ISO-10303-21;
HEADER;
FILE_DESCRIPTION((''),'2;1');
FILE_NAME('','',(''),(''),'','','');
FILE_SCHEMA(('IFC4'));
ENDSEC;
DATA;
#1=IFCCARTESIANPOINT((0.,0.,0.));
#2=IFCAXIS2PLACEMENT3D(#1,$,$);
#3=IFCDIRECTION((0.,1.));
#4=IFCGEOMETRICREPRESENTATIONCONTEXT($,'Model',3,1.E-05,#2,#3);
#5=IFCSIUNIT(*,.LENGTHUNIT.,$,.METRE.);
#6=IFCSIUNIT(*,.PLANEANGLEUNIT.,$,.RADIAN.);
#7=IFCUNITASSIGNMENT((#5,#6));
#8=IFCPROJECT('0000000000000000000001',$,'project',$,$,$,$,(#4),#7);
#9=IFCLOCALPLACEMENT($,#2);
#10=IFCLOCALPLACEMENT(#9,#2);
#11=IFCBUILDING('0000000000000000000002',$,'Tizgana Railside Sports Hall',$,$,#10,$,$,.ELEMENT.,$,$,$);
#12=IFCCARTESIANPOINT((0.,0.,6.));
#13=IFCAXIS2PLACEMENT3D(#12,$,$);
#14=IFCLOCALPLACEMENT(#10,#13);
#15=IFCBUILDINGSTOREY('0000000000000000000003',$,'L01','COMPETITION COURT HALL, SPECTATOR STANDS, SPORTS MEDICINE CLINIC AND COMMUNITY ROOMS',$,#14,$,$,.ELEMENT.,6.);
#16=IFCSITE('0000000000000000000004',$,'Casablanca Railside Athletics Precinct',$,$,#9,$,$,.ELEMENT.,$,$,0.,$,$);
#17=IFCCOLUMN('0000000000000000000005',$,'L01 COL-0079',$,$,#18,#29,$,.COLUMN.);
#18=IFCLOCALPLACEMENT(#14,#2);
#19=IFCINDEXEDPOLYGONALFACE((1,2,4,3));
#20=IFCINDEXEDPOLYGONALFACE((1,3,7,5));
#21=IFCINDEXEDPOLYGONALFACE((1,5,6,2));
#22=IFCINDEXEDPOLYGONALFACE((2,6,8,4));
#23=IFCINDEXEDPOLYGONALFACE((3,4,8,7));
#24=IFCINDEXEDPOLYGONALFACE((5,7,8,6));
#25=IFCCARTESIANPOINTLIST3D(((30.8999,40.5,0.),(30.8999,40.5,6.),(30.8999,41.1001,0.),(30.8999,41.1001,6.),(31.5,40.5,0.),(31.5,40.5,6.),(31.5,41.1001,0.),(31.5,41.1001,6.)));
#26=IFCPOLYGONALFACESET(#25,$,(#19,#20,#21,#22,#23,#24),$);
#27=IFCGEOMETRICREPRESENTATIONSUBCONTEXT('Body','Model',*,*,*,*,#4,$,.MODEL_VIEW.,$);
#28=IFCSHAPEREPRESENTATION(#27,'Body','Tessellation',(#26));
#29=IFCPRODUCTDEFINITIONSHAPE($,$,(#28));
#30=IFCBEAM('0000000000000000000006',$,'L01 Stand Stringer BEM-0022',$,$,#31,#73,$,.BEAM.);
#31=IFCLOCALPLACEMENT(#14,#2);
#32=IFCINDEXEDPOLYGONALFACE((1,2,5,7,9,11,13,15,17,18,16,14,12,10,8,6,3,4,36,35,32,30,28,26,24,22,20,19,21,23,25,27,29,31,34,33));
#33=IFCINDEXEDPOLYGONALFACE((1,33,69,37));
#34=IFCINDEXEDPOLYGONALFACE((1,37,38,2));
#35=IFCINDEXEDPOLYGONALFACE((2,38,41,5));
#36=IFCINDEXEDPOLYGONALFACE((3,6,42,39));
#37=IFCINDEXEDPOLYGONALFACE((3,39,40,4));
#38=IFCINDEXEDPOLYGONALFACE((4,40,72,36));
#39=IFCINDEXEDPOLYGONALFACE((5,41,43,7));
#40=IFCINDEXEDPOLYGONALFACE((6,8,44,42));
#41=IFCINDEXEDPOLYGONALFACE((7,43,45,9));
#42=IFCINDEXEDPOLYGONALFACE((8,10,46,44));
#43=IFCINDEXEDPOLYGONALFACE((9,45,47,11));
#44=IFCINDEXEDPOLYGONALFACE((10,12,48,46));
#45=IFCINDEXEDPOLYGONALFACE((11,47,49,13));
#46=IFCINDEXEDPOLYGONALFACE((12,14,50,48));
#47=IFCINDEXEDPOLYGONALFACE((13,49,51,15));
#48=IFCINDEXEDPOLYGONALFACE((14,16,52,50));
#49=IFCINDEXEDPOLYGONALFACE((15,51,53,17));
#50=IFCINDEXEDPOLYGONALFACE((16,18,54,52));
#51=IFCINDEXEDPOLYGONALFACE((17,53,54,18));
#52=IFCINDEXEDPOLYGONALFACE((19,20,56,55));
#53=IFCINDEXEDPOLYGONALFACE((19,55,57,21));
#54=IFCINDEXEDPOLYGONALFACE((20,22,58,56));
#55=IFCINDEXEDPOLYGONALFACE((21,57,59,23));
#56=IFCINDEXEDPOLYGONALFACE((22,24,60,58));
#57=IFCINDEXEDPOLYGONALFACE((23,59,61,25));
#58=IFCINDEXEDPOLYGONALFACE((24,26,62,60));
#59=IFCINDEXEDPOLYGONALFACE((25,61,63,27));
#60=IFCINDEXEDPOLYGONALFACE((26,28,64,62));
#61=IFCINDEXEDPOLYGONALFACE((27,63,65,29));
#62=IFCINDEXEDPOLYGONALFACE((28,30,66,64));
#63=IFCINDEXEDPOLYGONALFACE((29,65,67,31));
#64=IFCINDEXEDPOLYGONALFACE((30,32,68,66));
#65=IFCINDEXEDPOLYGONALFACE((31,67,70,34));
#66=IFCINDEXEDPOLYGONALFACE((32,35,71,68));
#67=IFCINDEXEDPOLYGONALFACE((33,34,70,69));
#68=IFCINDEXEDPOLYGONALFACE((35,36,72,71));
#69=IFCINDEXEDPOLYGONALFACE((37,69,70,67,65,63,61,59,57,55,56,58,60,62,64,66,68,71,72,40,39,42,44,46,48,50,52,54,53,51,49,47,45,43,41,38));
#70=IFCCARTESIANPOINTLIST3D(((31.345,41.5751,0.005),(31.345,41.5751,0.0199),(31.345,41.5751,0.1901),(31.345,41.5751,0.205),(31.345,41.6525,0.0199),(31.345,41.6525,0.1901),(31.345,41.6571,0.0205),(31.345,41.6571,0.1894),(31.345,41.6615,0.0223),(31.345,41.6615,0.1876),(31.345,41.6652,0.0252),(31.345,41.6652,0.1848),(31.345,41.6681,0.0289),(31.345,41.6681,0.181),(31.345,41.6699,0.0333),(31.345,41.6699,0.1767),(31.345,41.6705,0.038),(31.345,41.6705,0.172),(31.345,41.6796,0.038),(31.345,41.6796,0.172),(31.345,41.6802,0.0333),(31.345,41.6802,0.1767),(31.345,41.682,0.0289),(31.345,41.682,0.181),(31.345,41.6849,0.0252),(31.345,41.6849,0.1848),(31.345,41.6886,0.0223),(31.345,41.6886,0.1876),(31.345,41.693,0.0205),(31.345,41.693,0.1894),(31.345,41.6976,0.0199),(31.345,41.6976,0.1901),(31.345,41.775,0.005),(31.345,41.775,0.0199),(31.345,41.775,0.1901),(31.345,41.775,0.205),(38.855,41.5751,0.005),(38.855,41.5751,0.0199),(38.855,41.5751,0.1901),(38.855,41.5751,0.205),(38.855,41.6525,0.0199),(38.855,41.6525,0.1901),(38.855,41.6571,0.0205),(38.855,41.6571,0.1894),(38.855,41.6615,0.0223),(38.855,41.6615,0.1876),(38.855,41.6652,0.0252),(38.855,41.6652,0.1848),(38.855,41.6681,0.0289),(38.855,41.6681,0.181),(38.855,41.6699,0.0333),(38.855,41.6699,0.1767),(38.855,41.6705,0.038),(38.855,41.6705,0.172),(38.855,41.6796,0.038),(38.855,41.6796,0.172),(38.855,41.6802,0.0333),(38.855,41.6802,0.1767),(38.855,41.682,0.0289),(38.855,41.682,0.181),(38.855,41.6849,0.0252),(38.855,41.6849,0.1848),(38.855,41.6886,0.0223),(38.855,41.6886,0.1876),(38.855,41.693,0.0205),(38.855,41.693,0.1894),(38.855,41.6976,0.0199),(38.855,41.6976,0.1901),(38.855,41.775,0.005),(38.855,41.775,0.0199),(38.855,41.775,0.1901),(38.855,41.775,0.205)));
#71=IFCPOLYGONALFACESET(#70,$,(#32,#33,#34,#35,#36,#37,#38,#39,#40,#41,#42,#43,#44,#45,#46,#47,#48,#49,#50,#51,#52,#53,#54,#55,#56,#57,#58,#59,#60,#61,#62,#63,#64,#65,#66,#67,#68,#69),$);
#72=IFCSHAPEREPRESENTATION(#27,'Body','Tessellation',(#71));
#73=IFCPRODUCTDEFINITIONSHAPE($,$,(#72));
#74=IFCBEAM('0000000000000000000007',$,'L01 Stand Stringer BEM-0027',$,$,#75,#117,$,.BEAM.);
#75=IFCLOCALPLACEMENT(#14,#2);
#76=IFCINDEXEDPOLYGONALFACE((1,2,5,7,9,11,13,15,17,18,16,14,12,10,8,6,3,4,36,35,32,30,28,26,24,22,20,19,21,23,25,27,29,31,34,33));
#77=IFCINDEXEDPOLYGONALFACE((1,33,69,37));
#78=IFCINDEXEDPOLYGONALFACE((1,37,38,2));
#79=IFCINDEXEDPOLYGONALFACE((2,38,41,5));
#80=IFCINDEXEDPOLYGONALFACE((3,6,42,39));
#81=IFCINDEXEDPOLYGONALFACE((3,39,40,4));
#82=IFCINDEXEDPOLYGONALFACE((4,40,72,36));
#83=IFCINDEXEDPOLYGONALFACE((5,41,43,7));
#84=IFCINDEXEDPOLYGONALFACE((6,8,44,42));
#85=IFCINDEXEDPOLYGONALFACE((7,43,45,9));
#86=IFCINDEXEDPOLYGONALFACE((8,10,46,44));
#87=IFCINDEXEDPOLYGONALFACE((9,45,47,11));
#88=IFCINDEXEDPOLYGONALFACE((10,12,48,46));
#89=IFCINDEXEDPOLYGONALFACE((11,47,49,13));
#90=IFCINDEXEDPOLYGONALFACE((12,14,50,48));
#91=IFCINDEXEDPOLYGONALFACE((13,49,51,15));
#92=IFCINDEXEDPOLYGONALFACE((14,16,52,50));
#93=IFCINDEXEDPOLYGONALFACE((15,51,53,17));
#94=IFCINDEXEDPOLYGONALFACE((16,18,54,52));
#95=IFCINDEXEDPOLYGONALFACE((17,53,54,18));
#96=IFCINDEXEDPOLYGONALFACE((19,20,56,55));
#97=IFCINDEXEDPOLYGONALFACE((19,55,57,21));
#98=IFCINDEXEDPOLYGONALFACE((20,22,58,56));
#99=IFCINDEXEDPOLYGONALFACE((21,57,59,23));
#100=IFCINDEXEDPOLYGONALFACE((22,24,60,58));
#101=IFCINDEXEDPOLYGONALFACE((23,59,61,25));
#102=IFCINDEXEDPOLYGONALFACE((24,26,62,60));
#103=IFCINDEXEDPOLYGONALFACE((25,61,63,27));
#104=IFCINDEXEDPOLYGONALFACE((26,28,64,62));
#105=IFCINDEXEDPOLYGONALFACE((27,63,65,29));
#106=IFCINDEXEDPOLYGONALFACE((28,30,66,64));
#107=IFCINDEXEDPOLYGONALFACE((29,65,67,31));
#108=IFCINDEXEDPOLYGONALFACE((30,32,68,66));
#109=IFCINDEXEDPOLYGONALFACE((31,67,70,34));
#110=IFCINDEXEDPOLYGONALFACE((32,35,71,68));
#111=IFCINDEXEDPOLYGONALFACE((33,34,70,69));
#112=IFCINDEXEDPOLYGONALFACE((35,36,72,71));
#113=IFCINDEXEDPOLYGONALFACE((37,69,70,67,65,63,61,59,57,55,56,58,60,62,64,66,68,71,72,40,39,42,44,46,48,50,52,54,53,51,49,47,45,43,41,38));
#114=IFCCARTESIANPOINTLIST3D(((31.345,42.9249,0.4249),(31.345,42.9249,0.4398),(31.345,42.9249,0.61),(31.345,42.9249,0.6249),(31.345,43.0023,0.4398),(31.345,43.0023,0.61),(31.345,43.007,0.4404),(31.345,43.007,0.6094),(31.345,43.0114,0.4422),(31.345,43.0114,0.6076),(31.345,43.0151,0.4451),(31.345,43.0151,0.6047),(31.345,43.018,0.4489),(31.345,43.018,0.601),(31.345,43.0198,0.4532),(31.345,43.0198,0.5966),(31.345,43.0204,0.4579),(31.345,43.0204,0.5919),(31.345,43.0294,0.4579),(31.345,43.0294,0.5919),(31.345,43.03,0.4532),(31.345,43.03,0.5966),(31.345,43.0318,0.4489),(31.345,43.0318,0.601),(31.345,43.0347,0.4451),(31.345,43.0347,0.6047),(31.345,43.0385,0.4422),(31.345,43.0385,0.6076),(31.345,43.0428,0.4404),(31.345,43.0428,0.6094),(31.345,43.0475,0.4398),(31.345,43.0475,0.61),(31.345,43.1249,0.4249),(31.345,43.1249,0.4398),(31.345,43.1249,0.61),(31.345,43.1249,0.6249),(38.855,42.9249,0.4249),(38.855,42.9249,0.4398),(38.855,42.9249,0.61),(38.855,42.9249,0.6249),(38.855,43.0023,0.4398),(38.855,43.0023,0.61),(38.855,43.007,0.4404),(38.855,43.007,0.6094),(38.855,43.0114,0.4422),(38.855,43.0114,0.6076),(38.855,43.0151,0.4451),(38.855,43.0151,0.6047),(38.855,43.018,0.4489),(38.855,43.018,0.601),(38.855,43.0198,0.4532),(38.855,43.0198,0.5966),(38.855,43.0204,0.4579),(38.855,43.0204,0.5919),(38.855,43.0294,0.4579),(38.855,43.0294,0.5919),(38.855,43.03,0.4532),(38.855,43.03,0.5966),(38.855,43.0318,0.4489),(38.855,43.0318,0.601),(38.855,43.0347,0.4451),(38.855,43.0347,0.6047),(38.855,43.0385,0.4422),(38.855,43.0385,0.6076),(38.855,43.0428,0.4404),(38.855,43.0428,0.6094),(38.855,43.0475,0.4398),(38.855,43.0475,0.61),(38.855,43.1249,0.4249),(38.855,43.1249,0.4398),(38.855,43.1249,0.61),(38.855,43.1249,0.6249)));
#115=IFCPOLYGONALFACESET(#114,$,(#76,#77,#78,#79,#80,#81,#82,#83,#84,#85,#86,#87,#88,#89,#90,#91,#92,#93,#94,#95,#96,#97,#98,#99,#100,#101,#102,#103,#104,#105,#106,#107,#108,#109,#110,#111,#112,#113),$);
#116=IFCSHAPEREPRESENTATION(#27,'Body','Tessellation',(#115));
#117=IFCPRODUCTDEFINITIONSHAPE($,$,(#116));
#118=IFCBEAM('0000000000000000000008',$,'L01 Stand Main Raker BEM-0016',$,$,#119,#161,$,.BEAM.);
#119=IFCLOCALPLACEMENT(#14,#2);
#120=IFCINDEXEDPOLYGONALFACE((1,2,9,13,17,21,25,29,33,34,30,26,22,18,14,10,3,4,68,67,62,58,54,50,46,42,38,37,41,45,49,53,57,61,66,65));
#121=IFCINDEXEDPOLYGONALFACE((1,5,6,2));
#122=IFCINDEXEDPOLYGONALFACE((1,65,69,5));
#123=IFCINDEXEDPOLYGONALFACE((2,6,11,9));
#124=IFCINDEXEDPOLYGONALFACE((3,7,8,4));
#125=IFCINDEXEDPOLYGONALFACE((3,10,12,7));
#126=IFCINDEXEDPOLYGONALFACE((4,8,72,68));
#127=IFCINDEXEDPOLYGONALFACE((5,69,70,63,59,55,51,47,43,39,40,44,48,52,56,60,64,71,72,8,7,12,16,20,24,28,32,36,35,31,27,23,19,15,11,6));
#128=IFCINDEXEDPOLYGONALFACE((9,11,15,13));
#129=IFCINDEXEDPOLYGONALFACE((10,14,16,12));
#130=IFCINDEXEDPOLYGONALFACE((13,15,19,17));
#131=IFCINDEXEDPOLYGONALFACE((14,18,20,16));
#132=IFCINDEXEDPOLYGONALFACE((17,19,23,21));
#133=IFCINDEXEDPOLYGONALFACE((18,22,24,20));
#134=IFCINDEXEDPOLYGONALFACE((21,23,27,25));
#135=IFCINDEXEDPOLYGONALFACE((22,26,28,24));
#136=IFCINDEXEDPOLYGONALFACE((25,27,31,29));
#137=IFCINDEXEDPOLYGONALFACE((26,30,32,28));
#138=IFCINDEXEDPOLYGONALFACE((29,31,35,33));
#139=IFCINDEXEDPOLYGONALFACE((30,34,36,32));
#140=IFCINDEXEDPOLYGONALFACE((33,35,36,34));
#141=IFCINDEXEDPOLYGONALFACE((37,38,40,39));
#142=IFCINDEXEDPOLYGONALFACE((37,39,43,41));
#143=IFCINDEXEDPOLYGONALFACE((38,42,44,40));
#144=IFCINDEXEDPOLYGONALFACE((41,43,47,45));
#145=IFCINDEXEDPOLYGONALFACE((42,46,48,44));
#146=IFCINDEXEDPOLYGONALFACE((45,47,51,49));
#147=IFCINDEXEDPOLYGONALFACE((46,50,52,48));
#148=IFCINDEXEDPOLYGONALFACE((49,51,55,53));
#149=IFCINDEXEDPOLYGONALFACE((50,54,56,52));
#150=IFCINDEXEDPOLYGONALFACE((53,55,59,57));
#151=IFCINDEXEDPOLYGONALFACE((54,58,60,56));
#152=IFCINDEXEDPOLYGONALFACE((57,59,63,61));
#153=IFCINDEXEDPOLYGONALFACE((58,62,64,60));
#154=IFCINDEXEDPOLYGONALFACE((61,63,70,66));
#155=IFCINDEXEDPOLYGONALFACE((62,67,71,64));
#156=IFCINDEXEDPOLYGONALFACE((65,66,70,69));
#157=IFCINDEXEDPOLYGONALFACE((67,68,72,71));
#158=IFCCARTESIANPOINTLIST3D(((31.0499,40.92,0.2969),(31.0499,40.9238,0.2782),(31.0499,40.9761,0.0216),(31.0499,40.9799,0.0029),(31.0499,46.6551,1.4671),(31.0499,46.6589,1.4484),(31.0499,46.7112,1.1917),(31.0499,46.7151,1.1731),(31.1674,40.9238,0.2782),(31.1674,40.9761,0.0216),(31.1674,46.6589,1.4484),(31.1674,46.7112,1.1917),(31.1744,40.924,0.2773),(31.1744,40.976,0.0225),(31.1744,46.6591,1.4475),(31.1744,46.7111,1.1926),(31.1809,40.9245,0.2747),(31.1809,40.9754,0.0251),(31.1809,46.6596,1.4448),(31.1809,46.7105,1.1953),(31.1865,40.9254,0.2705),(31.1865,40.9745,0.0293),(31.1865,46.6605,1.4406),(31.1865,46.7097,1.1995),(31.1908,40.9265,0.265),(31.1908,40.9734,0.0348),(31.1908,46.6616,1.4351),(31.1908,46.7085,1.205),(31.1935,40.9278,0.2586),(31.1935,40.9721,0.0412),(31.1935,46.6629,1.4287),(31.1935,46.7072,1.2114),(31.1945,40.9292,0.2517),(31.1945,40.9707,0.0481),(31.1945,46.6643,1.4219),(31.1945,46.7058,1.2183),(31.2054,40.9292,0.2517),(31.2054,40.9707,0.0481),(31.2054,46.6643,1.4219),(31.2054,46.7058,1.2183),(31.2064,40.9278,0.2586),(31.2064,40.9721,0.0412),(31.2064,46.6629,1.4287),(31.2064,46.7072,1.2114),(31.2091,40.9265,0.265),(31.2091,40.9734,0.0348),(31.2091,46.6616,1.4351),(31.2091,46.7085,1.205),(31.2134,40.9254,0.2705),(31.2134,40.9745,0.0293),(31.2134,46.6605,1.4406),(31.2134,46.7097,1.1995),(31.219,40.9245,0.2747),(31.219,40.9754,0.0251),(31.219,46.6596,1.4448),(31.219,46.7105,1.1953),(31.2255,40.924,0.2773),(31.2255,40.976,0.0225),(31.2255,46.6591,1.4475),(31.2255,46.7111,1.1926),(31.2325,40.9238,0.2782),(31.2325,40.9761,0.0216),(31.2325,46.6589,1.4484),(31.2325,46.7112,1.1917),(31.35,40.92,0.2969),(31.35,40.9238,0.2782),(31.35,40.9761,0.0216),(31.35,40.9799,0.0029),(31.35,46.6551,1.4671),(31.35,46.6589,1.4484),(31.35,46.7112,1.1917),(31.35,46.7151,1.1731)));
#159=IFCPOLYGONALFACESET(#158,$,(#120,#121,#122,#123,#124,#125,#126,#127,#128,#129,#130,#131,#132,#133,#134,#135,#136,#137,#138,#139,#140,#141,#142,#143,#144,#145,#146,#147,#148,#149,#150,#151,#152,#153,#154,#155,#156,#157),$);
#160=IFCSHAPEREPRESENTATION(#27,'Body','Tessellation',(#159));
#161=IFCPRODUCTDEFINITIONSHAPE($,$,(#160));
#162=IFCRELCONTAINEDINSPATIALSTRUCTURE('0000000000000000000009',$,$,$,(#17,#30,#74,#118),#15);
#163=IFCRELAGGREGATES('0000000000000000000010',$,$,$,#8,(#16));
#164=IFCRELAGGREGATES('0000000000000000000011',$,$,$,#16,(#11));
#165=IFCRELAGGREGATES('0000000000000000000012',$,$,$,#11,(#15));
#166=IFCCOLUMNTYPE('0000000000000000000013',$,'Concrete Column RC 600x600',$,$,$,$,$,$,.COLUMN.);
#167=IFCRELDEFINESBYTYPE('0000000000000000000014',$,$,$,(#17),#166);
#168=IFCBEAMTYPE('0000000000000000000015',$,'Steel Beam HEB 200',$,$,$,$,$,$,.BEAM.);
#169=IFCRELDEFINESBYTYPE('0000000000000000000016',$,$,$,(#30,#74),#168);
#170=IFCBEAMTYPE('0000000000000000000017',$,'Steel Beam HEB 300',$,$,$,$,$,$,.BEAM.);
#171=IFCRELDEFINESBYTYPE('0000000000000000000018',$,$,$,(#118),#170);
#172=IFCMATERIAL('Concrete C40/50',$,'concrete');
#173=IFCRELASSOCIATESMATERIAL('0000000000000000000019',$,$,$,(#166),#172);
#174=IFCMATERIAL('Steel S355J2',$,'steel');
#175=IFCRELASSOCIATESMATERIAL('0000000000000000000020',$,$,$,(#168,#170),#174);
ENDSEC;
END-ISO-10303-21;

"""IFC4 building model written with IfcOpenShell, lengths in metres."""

from ifc_helpers import new_model, si_unit, direction, frame, origin, origin_2d, place, context, subcontext, project, spatial, rectangle, i_section, extrude, material, material_profile, profile_set, type_object, element, save


model = new_model("IFC4")

# Units and contexts
model_context = context("Model", 3, precision=1e-05, world=origin(), true_north=direction((0.0, 1.0)))
body_context = subcontext(model_context, "Body", "Model", "MODEL_VIEW")
ifc_project = project(units=[si_unit("LENGTHUNIT", "METRE"), si_unit("PLANEANGLEUNIT", "RADIAN")], contexts=[model_context])

# Site, building, storey
site_placement = place(None, origin())
site = spatial("IfcSite", under=ifc_project, at=site_placement, Name="Casablanca Railside Athletics Precinct", CompositionType="ELEMENT", RefElevation=0.0)
building_placement = place(site_placement, origin())
building = spatial("IfcBuilding", under=site, at=building_placement, Name="Tizgana Railside Sports Hall", CompositionType="ELEMENT")
storey_placement = place(building_placement, frame((0.0, 0.0, 6.0)))
storey = spatial("IfcBuildingStorey", under=building, at=storey_placement, Name="L01", Description="COMPETITION COURT HALL, SPECTATOR STANDS, SPORTS MEDICINE CLINIC AND COMMUNITY ROOMS", CompositionType="ELEMENT", Elevation=6.0)

# Column
ifc_material_1 = material(Name="Concrete C40/50", Category="concrete")
ifc_material_profile_1 = material_profile(ifc_material_1, rectangle(XDim=0.6001, YDim=0.6001, at=origin_2d()), Name="RC 600x600")
ifc_profile_set_1 = profile_set([ifc_material_profile_1], Name="Concrete C40/50")
column_type = type_object("IfcColumnType", Name="Concrete Column RC 600x600", PredefinedType="COLUMN", material=ifc_profile_set_1)
column_placement = place(storey_placement, frame((31.2, 40.8, 0.0), z_axis=(0.0, 0.0, 1.0), x_axis=(1.0, 0.0, 0.0)))
element("IfcColumn", 1, at=column_placement, inside=storey, type_object=column_type, Name="L01 COL-0079", PredefinedType="COLUMN", context=body_context, shape_type="SweptSolid", body=[
    extrude(rectangle(XDim=0.6001, YDim=0.6001, at=origin_2d()), origin(), (0.0, 0.0, 1.0), 6.0),
])

# Beams
ifc_material_2 = material(Name="Steel S355J2", Category="steel")
ifc_material_profile_2 = material_profile(ifc_material_2, i_section(OverallWidth=0.2, OverallDepth=0.2, WebThickness=0.009, FlangeThickness=0.0149, FilletRadius=0.0181, at=origin_2d()), Name="HEB 200")
ifc_profile_set_2 = profile_set([ifc_material_profile_2], Name="Steel S355J2")
beam_type_1 = type_object("IfcBeamType", Name="Steel Beam HEB 200", PredefinedType="BEAM", material=ifc_profile_set_2)
for number, where, z_axis, x_axis, name in (
    (2, (31.345, 41.675, 0.105), (1.0, 0.0, 0.0), (0.0, 1.0, 0.0), "L01 Stand Stringer BEM-0022"),
    (3, (31.345, 43.0249, 0.5249), (1.0, 0.0, 0.0), (0.0, 1.0, 0.0), "L01 Stand Stringer BEM-0027"),
):
    element("IfcBeam", number, at=place(storey_placement, frame(where, z_axis=z_axis, x_axis=x_axis)), inside=storey, type_object=beam_type_1, Name=name, PredefinedType="BEAM", context=body_context, shape_type="SweptSolid", body=[
        extrude(i_section(OverallWidth=0.2, OverallDepth=0.2, WebThickness=0.009, FlangeThickness=0.0149, FilletRadius=0.0181, at=origin_2d()), origin(), (0.0, 0.0, 1.0), 7.51),
    ])
ifc_material_profile_3 = material_profile(ifc_material_2, i_section(OverallWidth=0.3, OverallDepth=0.3, WebThickness=0.011, FlangeThickness=0.019, FilletRadius=0.0271, at=origin_2d()), Name="HEB 300")
ifc_profile_set_3 = profile_set([ifc_material_profile_3], Name="Steel S355J2")
beam_type_2 = type_object("IfcBeamType", Name="Steel Beam HEB 300", PredefinedType="BEAM", material=ifc_profile_set_3)
beam_placement = place(storey_placement, frame((31.2, 40.95, 0.1499), z_axis=(0.0, 0.979813, 0.199917), x_axis=(-1.0, 0.0, 0.0)))
element("IfcBeam", 4, at=beam_placement, inside=storey, type_object=beam_type_2, Name="L01 Stand Main Raker BEM-0016", PredefinedType="BEAM", context=body_context, shape_type="SweptSolid", body=[
    extrude(i_section(OverallWidth=0.3, OverallDepth=0.3, WebThickness=0.011, FlangeThickness=0.019, FilletRadius=0.0271, at=origin_2d()), origin(), (0.0, 0.0, 1.0), 5.8533),
])

save(model, "model.ifc")
